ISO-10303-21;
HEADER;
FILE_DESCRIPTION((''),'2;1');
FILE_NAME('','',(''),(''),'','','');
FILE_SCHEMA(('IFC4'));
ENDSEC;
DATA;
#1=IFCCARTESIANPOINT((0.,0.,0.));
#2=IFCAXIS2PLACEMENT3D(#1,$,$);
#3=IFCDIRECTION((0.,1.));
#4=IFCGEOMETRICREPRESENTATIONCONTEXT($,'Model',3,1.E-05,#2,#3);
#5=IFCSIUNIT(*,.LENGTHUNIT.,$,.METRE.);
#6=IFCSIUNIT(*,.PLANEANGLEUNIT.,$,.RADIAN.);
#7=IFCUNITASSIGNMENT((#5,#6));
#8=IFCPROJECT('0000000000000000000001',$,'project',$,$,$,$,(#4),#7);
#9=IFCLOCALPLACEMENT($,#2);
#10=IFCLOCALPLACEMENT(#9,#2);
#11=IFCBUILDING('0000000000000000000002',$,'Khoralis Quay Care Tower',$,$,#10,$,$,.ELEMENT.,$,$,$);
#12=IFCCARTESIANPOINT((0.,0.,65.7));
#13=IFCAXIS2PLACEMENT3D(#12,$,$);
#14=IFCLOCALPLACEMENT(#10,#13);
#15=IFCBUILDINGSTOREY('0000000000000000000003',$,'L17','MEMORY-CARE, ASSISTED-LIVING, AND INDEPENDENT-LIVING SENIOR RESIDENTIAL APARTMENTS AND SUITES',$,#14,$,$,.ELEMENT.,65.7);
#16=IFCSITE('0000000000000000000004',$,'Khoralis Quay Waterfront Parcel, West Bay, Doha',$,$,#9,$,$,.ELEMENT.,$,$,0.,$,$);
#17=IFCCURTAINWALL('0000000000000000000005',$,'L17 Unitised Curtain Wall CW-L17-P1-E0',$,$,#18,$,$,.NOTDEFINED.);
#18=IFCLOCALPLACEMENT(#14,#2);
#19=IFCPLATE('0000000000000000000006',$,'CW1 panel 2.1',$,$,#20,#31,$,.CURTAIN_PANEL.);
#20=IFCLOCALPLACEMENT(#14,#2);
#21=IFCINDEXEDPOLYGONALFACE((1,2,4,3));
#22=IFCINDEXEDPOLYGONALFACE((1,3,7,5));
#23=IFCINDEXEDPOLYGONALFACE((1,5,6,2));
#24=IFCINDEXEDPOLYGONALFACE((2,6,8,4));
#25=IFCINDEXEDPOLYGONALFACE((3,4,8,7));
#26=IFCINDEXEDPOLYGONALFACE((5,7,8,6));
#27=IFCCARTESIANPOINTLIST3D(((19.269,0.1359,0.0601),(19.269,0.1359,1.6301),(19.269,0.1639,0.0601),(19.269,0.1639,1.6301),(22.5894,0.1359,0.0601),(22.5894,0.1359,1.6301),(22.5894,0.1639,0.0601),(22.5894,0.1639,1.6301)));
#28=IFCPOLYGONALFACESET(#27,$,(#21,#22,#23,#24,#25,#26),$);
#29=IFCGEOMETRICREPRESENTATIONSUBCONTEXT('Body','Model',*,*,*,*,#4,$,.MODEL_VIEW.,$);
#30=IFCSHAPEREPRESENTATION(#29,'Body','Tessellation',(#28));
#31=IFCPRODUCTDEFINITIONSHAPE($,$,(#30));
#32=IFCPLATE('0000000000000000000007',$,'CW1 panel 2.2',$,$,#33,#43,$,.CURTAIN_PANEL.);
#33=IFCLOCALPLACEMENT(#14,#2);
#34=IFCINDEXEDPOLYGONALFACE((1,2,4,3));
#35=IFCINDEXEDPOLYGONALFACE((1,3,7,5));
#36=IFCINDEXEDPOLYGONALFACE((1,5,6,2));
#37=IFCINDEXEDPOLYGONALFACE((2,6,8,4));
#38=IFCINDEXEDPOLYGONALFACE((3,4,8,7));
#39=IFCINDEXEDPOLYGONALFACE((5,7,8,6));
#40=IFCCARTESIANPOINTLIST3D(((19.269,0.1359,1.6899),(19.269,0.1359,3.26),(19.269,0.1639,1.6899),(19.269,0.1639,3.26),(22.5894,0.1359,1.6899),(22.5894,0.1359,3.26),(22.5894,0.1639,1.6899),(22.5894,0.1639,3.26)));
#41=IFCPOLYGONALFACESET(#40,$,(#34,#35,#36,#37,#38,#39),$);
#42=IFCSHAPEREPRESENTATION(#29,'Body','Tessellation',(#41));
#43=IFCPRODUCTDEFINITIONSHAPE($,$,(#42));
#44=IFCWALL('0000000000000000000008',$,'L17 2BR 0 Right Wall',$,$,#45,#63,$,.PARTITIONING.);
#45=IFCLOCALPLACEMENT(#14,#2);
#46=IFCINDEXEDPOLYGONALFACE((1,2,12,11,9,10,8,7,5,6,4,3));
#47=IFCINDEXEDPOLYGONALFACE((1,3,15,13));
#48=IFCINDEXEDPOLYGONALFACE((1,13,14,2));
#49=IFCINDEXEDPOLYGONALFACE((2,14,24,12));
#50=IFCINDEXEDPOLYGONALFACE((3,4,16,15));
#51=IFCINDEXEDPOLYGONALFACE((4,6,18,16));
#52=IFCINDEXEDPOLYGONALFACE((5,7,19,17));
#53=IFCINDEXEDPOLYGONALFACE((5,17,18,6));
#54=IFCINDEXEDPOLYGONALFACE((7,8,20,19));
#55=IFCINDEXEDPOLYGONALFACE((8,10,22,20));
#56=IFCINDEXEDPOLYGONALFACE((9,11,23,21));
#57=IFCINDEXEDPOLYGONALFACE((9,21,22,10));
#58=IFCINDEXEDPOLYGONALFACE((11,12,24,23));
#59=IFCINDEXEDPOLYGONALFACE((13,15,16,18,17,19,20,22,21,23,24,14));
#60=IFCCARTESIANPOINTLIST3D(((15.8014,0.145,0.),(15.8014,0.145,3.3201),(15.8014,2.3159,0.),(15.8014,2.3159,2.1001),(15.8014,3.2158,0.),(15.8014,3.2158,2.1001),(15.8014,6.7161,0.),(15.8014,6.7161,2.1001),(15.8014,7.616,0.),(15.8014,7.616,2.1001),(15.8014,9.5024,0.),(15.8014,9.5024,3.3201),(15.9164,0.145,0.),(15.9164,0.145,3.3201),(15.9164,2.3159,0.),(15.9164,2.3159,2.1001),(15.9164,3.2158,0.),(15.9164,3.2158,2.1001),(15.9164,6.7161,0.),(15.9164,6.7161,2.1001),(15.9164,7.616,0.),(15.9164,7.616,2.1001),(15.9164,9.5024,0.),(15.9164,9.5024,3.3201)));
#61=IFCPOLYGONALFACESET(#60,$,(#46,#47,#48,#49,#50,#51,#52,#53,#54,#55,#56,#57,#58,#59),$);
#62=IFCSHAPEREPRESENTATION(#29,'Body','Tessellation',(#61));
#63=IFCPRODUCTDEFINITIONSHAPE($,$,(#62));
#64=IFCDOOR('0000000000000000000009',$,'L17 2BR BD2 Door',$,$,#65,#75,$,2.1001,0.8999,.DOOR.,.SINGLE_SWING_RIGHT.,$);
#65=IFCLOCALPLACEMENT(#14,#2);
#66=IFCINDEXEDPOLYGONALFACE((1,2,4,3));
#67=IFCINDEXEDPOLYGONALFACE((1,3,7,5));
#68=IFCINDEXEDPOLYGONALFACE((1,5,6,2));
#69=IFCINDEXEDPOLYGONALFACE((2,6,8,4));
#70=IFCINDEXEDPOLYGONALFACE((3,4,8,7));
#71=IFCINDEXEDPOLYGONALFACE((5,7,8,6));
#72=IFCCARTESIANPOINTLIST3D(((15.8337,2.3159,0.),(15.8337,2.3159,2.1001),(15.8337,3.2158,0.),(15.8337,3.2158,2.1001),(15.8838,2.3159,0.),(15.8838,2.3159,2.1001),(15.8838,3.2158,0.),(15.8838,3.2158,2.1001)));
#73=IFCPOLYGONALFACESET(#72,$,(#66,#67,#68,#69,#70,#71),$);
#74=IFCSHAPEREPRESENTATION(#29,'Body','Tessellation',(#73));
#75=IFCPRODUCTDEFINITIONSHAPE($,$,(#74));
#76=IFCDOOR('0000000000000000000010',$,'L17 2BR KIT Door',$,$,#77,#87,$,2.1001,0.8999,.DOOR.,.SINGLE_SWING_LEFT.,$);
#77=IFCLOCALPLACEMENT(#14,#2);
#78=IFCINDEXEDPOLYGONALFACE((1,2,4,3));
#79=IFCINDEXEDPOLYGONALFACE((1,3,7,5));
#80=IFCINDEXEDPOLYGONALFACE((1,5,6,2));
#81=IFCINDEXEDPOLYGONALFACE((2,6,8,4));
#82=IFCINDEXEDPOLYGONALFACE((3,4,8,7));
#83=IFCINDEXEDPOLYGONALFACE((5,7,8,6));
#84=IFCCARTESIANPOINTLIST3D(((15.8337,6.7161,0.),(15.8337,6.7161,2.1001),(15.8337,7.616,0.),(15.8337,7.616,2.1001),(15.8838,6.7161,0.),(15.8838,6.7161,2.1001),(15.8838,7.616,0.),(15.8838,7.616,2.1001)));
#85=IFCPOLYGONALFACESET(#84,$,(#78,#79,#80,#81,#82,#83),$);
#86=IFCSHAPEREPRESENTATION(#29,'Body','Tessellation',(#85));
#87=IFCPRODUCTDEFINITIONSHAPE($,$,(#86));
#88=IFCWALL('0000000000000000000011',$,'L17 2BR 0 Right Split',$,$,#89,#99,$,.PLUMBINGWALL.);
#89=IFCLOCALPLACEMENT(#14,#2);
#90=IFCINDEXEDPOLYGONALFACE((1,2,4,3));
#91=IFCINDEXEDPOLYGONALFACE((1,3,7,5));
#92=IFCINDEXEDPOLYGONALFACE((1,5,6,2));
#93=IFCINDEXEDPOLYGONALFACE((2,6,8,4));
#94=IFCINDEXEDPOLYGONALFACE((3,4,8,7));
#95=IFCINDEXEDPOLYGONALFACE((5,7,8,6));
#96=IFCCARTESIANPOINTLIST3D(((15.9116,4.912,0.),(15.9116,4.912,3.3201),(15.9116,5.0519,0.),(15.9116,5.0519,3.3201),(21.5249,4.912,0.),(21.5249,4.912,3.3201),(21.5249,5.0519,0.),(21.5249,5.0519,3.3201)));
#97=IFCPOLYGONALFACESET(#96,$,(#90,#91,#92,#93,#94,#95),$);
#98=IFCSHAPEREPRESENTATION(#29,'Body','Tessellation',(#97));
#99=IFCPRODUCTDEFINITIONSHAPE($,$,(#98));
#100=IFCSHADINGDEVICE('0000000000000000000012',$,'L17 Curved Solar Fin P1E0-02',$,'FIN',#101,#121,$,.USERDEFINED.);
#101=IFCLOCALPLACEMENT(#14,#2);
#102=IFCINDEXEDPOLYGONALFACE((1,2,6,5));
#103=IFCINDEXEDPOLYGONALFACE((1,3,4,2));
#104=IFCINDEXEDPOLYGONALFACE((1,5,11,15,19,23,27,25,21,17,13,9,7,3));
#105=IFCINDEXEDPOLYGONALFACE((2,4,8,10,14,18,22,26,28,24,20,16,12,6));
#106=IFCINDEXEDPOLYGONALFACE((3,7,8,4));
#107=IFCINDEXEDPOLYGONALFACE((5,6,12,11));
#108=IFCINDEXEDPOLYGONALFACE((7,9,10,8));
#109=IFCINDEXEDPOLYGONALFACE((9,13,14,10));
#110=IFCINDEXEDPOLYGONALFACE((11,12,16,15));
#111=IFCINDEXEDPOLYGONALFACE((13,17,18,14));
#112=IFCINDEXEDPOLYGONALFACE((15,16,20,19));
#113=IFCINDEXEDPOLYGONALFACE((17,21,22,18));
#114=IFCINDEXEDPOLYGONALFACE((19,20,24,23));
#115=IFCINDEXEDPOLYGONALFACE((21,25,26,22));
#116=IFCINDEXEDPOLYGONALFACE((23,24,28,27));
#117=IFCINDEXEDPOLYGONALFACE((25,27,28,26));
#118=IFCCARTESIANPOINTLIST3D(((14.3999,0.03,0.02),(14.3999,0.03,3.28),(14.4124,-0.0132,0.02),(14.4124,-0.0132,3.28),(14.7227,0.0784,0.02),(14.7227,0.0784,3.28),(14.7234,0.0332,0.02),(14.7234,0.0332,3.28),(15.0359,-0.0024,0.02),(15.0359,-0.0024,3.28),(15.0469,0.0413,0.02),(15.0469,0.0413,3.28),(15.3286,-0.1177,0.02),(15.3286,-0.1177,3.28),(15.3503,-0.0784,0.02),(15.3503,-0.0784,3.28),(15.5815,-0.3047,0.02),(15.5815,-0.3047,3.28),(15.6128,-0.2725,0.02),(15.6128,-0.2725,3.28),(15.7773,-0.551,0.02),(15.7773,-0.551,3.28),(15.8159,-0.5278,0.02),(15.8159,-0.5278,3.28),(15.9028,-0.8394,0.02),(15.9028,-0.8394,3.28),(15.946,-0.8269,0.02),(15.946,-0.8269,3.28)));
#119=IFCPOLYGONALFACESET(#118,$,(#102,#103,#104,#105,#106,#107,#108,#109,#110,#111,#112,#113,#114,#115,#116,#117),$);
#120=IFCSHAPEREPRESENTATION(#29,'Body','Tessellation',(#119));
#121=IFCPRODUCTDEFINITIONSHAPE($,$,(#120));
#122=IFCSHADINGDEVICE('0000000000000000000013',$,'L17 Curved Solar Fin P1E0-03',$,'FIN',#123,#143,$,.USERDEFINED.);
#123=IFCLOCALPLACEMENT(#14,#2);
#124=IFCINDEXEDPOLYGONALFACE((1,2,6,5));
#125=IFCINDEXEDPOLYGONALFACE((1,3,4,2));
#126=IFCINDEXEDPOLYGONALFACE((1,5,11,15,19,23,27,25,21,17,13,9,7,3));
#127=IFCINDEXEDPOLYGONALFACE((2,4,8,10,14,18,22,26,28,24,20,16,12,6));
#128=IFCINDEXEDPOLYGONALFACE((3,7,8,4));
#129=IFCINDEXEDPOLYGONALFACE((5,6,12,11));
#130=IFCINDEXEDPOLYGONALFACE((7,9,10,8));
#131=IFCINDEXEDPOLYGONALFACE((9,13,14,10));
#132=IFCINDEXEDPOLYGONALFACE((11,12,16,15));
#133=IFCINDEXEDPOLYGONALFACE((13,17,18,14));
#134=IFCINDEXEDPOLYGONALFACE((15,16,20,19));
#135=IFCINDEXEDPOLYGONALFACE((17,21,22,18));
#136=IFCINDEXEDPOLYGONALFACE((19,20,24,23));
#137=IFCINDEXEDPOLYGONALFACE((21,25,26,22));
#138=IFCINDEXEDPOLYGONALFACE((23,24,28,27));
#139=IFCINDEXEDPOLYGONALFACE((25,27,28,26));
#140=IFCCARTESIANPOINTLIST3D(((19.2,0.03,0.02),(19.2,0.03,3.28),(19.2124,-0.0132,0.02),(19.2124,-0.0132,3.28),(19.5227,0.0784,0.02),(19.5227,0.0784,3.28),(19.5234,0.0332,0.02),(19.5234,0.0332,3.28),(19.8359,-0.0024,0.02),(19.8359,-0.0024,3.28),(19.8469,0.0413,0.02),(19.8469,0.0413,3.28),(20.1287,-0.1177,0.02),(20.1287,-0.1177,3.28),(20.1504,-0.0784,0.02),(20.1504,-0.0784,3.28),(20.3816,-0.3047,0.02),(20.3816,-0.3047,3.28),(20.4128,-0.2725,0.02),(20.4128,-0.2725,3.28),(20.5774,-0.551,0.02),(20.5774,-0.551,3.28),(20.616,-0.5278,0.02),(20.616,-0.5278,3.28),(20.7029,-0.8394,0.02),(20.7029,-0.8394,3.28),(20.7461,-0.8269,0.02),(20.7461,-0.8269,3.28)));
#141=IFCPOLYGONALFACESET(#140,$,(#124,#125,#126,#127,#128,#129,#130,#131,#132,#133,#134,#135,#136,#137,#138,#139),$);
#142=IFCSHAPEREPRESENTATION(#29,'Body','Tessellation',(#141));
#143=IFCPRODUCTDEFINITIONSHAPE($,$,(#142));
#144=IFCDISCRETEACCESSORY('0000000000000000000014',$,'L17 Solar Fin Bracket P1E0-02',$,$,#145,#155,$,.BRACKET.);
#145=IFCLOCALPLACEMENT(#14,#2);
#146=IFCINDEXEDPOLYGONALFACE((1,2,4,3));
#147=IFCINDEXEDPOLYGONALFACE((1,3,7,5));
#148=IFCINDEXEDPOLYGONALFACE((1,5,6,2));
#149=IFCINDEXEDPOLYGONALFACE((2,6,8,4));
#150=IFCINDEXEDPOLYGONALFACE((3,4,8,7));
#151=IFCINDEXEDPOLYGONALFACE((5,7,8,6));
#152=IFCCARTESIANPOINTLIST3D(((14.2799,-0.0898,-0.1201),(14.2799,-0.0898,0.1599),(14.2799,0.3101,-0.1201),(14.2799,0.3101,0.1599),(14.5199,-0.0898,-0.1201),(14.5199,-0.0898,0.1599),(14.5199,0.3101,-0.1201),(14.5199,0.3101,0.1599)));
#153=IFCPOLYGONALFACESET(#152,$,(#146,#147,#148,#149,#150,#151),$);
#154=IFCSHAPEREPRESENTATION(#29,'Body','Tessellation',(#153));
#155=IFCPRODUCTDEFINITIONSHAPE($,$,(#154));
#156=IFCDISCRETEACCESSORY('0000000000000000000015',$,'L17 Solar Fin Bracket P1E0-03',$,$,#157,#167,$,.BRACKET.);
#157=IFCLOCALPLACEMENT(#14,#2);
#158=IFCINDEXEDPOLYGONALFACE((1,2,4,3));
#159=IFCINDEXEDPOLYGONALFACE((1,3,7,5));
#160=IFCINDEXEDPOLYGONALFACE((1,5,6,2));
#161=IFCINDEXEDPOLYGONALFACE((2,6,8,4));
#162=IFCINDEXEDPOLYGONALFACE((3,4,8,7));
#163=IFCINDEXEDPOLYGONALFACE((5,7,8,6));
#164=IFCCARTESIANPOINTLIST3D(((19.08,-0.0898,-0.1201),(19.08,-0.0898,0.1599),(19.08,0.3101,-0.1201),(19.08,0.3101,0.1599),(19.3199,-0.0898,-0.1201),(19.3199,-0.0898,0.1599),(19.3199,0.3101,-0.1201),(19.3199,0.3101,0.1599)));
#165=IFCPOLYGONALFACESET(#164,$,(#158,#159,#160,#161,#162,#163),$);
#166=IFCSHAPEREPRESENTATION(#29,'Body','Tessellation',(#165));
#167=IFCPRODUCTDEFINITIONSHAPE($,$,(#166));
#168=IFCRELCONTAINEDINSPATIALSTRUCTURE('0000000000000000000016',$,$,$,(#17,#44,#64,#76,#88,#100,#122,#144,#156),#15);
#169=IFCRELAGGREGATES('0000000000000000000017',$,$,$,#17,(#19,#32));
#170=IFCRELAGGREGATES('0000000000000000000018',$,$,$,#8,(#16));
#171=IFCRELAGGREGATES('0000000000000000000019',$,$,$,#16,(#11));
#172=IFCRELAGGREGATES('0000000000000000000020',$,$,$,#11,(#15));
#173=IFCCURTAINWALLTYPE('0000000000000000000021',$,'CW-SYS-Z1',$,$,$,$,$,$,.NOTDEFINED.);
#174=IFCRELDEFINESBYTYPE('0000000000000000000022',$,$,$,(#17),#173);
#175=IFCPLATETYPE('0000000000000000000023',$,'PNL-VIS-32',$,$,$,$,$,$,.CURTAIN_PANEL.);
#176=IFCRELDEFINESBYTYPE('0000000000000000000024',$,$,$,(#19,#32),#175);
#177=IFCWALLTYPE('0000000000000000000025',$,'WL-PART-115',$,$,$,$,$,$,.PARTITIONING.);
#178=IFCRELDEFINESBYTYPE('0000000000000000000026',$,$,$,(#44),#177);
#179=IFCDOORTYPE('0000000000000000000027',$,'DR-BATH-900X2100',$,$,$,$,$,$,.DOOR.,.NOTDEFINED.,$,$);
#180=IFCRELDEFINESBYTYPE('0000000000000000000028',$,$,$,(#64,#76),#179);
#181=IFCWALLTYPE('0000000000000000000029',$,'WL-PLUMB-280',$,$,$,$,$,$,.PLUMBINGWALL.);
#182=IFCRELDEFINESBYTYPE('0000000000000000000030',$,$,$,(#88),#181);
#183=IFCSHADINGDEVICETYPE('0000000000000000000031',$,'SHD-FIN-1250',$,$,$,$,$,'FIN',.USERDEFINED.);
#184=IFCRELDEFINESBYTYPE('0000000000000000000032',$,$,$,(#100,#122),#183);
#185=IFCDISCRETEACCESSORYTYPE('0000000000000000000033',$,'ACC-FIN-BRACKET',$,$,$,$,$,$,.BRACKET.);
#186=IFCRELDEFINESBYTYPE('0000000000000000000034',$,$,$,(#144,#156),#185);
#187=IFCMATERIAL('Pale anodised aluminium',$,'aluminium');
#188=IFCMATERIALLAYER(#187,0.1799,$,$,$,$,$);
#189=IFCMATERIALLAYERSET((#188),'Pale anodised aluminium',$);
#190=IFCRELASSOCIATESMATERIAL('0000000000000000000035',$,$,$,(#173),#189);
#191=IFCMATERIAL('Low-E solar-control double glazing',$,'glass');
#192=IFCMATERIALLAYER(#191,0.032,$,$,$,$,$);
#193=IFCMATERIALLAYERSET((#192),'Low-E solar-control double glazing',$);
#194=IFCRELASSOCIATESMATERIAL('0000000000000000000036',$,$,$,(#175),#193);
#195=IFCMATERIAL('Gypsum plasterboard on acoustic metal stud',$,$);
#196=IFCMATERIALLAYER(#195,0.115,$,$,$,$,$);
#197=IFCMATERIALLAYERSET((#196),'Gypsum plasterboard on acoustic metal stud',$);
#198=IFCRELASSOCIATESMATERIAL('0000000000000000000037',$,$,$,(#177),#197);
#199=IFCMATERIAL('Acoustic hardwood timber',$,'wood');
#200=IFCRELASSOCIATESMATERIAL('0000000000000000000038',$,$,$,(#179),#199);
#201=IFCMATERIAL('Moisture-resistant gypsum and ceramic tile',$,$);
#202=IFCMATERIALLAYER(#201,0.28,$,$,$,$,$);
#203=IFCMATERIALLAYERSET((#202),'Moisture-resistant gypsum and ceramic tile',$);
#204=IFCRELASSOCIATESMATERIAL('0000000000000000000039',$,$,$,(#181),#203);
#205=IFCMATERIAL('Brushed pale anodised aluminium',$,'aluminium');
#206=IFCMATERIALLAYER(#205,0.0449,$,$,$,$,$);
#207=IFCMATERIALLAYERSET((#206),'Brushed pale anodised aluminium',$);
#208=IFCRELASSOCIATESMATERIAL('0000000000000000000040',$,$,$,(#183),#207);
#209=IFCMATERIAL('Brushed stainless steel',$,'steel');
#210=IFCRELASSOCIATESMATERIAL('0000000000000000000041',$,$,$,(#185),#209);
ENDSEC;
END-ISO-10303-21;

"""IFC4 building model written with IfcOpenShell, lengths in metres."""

from ifc_helpers import new_model, si_unit, direction, frame, frame_2d, origin, origin_2d, place, context, subcontext, project, spatial, polyline, rectangle, outline, extrude, source, transform, mapped, material, layer, layer_set, type_object, element, fill, aggregate, save


model = new_model("IFC4")

# Units and contexts
model_context = context("Model", 3, precision=1e-05, world=origin(), true_north=direction((0.0, 1.0)))
body_context = subcontext(model_context, "Body", "Model", "MODEL_VIEW")
ifc_project = project(units=[si_unit("LENGTHUNIT", "METRE"), si_unit("PLANEANGLEUNIT", "RADIAN")], contexts=[model_context])

# Site, building, storey
site_placement = place(None, origin())
site = spatial("IfcSite", under=ifc_project, at=site_placement, Name="Khoralis Quay Waterfront Parcel, West Bay, Doha", CompositionType="ELEMENT", RefElevation=0.0)
building_placement = place(site_placement, origin())
building = spatial("IfcBuilding", under=site, at=building_placement, Name="Khoralis Quay Care Tower", CompositionType="ELEMENT")
storey_placement = place(building_placement, frame((0.0, 0.0, 65.7)))
storey = spatial("IfcBuildingStorey", under=building, at=storey_placement, Name="L17", Description="MEMORY-CARE, ASSISTED-LIVING, AND INDEPENDENT-LIVING SENIOR RESIDENTIAL APARTMENTS AND SUITES", CompositionType="ELEMENT", Elevation=65.7)

# Curtain wall
ifc_material_1 = material(Name="Pale anodised aluminium", Category="aluminium")
ifc_layer_1 = layer(ifc_material_1, 0.1799)
ifc_layer_set_1 = layer_set([ifc_layer_1], Name="Pale anodised aluminium")
curtain_wall_type = type_object("IfcCurtainWallType", Name="CW-SYS-Z1", PredefinedType="NOTDEFINED", material=ifc_layer_set_1)
curtain_wall_placement = place(storey_placement, origin())
curtain_wall = element("IfcCurtainWall", 1, at=curtain_wall_placement, inside=storey, type_object=curtain_wall_type, Name="L17 Unitised Curtain Wall CW-L17-P1-E0", PredefinedType="NOTDEFINED")

# Plates
ifc_material_2 = material(Name="Low-E solar-control double glazing", Category="glass")
ifc_layer_2 = layer(ifc_material_2, 0.032)
ifc_layer_set_2 = layer_set([ifc_layer_2], Name="Low-E solar-control double glazing")
plate_type = type_object("IfcPlateType", Name="PNL-VIS-32", PredefinedType="CURTAIN_PANEL", material=ifc_layer_set_2)
shared_shape_1 = source(origin(), body_context, "Body", "SweptSolid", [
    extrude(rectangle(XDim=3.3203, YDim=0.0281, at=origin_2d()), origin(), (0.0, 0.0, 1.0), 1.5701),
])
plate_1_placement = place(storey_placement, frame((20.9292, 0.1499, 0.0601), z_axis=(0.0, 0.0, 1.0), x_axis=(1.0, 0.0, 0.0)))
plate_1 = element("IfcPlate", 2, at=plate_1_placement, type_object=plate_type, Name="CW1 panel 2.1", PredefinedType="CURTAIN_PANEL", context=body_context, shape_type="MappedRepresentation", body=[
    mapped(shared_shape_1, transform((0.0, 0.0, 0.0), scale=1.0)),
])
plate_2_placement = place(storey_placement, frame((20.9292, 0.1499, 1.6899), z_axis=(0.0, 0.0, 1.0), x_axis=(1.0, 0.0, 0.0)))
plate_2 = element("IfcPlate", 3, at=plate_2_placement, type_object=plate_type, Name="CW1 panel 2.2", PredefinedType="CURTAIN_PANEL", context=body_context, shape_type="MappedRepresentation", body=[
    mapped(shared_shape_1, transform((0.0, 0.0, 0.0), scale=1.0)),
])
aggregate(curtain_wall, [plate_1, plate_2])

# Wall, openings, doors
ifc_material_3 = material(Name="Gypsum plasterboard on acoustic metal stud")
ifc_layer_3 = layer(ifc_material_3, 0.115)
ifc_layer_set_3 = layer_set([ifc_layer_3], Name="Gypsum plasterboard on acoustic metal stud")
wall_type_1 = type_object("IfcWallType", Name="WL-PART-115", PredefinedType="PARTITIONING", material=ifc_layer_set_3)
wall_1_placement = place(storey_placement, frame((15.8589, 0.145, 0.0), z_axis=(0.0, 0.0, 1.0), x_axis=(0.0, 1.0, 0.0)))
wall_1 = element("IfcWall", 4, at=wall_1_placement, inside=storey, type_object=wall_type_1, Name="L17 2BR 0 Right Wall", PredefinedType="PARTITIONING", context=body_context, shape_type="SweptSolid", body=[
    extrude(rectangle(XDim=9.3574, YDim=0.115, at=frame_2d((4.6787, 0.0))), origin(), (0.0, 0.0, 1.0), 3.3201),
])
opening_1_placement = place(wall_1_placement, frame((2.1709, 0.0, 0.0)))
opening_1 = element("IfcOpeningElement", 5, at=opening_1_placement, cuts=wall_1, PredefinedType="OPENING", context=body_context, shape_type="SweptSolid", body=[
    extrude(rectangle(XDim=0.8999, YDim=2.1001, at=frame_2d((0.45, 1.05))), frame((0.0, 0.0674, 0.0), z_axis=(0.0, -1.0, 0.0), x_axis=(1.0, 0.0, 0.0)), (0.0, 0.0, 1.0), 0.135),
])
opening_2_placement = place(wall_1_placement, frame((6.571, 0.0, 0.0)))
opening_2 = element("IfcOpeningElement", 6, at=opening_2_placement, cuts=wall_1, PredefinedType="OPENING", context=body_context, shape_type="SweptSolid", body=[
    extrude(rectangle(XDim=0.8999, YDim=2.1001, at=frame_2d((0.45, 1.05))), frame((0.0, 0.0674, 0.0), z_axis=(0.0, -1.0, 0.0), x_axis=(1.0, 0.0, 0.0)), (0.0, 0.0, 1.0), 0.135),
])
ifc_material_4 = material(Name="Acoustic hardwood timber", Category="wood")
door_type = type_object("IfcDoorType", Name="DR-BATH-900X2100", OperationType="NOTDEFINED", PredefinedType="DOOR", material=ifc_material_4)
shared_shape_2 = source(origin(), body_context, "Body", "SweptSolid", [
    extrude(rectangle(XDim=0.8999, YDim=2.1001, at=frame_2d((0.45, 1.05))), frame((0.0, 0.0249, 0.0), z_axis=(0.0, -1.0, 0.0), x_axis=(1.0, 0.0, 0.0)), (0.0, 0.0, 1.0), 0.05),
])
door_1_placement = place(opening_1_placement, frame((0.8999, 0.0, 0.0), z_axis=(0.0, 0.0, 1.0), x_axis=(-1.0, 0.0, 0.0)))
door_1 = element("IfcDoor", 7, at=door_1_placement, inside=storey, type_object=door_type, Name="L17 2BR BD2 Door", OperationType="SINGLE_SWING_RIGHT", OverallHeight=2.1001, OverallWidth=0.8999, PredefinedType="DOOR", context=body_context, shape_type="MappedRepresentation", body=[
    mapped(shared_shape_2, transform((0.0, 0.0, 0.0), scale=1.0)),
])
fill(opening_1, door_1)
door_2_placement = place(opening_2_placement, frame((0.8999, 0.0, 0.0), z_axis=(0.0, 0.0, 1.0), x_axis=(-1.0, 0.0, 0.0)))
door_2 = element("IfcDoor", 8, at=door_2_placement, inside=storey, type_object=door_type, Name="L17 2BR KIT Door", OperationType="SINGLE_SWING_LEFT", OverallHeight=2.1001, OverallWidth=0.8999, PredefinedType="DOOR", context=body_context, shape_type="MappedRepresentation", body=[
    mapped(shared_shape_2, transform((0.0, 0.0, 0.0), scale=1.0)),
])
fill(opening_2, door_2)

# Wall
ifc_material_5 = material(Name="Moisture-resistant gypsum and ceramic tile")
ifc_layer_4 = layer(ifc_material_5, 0.28)
ifc_layer_set_4 = layer_set([ifc_layer_4], Name="Moisture-resistant gypsum and ceramic tile")
wall_type_2 = type_object("IfcWallType", Name="WL-PLUMB-280", PredefinedType="PLUMBINGWALL", material=ifc_layer_set_4)
wall_2_placement = place(storey_placement, frame((15.9116, 4.9819, 0.0), z_axis=(0.0, 0.0, 1.0), x_axis=(1.0, 0.0, 0.0)))
element("IfcWall", 9, at=wall_2_placement, inside=storey, type_object=wall_type_2, Name="L17 2BR 0 Right Split", PredefinedType="PLUMBINGWALL", context=body_context, shape_type="SweptSolid", body=[
    extrude(rectangle(XDim=5.6133, YDim=0.1399, at=frame_2d((2.8066, 0.0))), origin(), (0.0, 0.0, 1.0), 3.3201),
])

# Shading devices
ifc_material_6 = material(Name="Brushed pale anodised aluminium", Category="aluminium")
ifc_layer_5 = layer(ifc_material_6, 0.0449)
ifc_layer_set_5 = layer_set([ifc_layer_5], Name="Brushed pale anodised aluminium")
shading_device_type = type_object("IfcShadingDeviceType", Name="SHD-FIN-1250", ElementType="FIN", PredefinedType="USERDEFINED", material=ifc_layer_set_5)
shared_shape_3 = source(origin(), body_context, "Body", "SweptSolid", [
    extrude(outline(polyline([(0.0, 0.0), (-0.0483, 0.3228), (-0.0112, 0.647), (0.1084, 0.9504), (0.3025, 1.2129), (0.5579, 1.416), (0.8569, 1.5461), (0.8694, 1.5029), (0.5811, 1.3774), (0.3347, 1.1816), (0.1477, 0.9287), (0.0325, 0.636), (-0.0032, 0.3235), (0.0432, 0.0125), (0.0, 0.0)])), origin(), (0.0, 0.0, 1.0), 3.26),
])
for number, where, z_axis, x_axis, name in (
    (10, (14.3999, 0.03, 0.02), (0.0, 0.0, 1.0), (0.0, -1.0, 0.0), "L17 Curved Solar Fin P1E0-02"),
    (11, (19.2, 0.03, 0.02), (0.0, 0.0, 1.0), (0.0, -1.0, 0.0), "L17 Curved Solar Fin P1E0-03"),
):
    element("IfcShadingDevice", number, at=place(storey_placement, frame(where, z_axis=z_axis, x_axis=x_axis)), inside=storey, type_object=shading_device_type, Name=name, ObjectType="FIN", PredefinedType="USERDEFINED", context=body_context, shape_type="MappedRepresentation", body=[
        mapped(shared_shape_3, transform((0.0, 0.0, 0.0), scale=1.0)),
    ])

# Discrete accessories
ifc_material_7 = material(Name="Brushed stainless steel", Category="steel")
discrete_accessory_type = type_object("IfcDiscreteAccessoryType", Name="ACC-FIN-BRACKET", PredefinedType="BRACKET", material=ifc_material_7)
shared_shape_4 = source(origin(), body_context, "Body", "SweptSolid", [
    extrude(rectangle(XDim=0.3999, YDim=0.24, at=origin_2d()), origin(), (0.0, 0.0, 1.0), 0.28),
])
for number, where, z_axis, x_axis, name in (
    (12, (14.3999, 0.1101, -0.1201), (0.0, 0.0, 1.0), (0.0, -1.0, 0.0), "L17 Solar Fin Bracket P1E0-02"),
    (13, (19.2, 0.1101, -0.1201), (0.0, 0.0, 1.0), (0.0, -1.0, 0.0), "L17 Solar Fin Bracket P1E0-03"),
):
    element("IfcDiscreteAccessory", number, at=place(storey_placement, frame(where, z_axis=z_axis, x_axis=x_axis)), inside=storey, type_object=discrete_accessory_type, Name=name, PredefinedType="BRACKET", context=body_context, shape_type="MappedRepresentation", body=[
        mapped(shared_shape_4, transform((0.0, 0.0, 0.0), scale=1.0)),
    ])

save(model, "model.ifc")
